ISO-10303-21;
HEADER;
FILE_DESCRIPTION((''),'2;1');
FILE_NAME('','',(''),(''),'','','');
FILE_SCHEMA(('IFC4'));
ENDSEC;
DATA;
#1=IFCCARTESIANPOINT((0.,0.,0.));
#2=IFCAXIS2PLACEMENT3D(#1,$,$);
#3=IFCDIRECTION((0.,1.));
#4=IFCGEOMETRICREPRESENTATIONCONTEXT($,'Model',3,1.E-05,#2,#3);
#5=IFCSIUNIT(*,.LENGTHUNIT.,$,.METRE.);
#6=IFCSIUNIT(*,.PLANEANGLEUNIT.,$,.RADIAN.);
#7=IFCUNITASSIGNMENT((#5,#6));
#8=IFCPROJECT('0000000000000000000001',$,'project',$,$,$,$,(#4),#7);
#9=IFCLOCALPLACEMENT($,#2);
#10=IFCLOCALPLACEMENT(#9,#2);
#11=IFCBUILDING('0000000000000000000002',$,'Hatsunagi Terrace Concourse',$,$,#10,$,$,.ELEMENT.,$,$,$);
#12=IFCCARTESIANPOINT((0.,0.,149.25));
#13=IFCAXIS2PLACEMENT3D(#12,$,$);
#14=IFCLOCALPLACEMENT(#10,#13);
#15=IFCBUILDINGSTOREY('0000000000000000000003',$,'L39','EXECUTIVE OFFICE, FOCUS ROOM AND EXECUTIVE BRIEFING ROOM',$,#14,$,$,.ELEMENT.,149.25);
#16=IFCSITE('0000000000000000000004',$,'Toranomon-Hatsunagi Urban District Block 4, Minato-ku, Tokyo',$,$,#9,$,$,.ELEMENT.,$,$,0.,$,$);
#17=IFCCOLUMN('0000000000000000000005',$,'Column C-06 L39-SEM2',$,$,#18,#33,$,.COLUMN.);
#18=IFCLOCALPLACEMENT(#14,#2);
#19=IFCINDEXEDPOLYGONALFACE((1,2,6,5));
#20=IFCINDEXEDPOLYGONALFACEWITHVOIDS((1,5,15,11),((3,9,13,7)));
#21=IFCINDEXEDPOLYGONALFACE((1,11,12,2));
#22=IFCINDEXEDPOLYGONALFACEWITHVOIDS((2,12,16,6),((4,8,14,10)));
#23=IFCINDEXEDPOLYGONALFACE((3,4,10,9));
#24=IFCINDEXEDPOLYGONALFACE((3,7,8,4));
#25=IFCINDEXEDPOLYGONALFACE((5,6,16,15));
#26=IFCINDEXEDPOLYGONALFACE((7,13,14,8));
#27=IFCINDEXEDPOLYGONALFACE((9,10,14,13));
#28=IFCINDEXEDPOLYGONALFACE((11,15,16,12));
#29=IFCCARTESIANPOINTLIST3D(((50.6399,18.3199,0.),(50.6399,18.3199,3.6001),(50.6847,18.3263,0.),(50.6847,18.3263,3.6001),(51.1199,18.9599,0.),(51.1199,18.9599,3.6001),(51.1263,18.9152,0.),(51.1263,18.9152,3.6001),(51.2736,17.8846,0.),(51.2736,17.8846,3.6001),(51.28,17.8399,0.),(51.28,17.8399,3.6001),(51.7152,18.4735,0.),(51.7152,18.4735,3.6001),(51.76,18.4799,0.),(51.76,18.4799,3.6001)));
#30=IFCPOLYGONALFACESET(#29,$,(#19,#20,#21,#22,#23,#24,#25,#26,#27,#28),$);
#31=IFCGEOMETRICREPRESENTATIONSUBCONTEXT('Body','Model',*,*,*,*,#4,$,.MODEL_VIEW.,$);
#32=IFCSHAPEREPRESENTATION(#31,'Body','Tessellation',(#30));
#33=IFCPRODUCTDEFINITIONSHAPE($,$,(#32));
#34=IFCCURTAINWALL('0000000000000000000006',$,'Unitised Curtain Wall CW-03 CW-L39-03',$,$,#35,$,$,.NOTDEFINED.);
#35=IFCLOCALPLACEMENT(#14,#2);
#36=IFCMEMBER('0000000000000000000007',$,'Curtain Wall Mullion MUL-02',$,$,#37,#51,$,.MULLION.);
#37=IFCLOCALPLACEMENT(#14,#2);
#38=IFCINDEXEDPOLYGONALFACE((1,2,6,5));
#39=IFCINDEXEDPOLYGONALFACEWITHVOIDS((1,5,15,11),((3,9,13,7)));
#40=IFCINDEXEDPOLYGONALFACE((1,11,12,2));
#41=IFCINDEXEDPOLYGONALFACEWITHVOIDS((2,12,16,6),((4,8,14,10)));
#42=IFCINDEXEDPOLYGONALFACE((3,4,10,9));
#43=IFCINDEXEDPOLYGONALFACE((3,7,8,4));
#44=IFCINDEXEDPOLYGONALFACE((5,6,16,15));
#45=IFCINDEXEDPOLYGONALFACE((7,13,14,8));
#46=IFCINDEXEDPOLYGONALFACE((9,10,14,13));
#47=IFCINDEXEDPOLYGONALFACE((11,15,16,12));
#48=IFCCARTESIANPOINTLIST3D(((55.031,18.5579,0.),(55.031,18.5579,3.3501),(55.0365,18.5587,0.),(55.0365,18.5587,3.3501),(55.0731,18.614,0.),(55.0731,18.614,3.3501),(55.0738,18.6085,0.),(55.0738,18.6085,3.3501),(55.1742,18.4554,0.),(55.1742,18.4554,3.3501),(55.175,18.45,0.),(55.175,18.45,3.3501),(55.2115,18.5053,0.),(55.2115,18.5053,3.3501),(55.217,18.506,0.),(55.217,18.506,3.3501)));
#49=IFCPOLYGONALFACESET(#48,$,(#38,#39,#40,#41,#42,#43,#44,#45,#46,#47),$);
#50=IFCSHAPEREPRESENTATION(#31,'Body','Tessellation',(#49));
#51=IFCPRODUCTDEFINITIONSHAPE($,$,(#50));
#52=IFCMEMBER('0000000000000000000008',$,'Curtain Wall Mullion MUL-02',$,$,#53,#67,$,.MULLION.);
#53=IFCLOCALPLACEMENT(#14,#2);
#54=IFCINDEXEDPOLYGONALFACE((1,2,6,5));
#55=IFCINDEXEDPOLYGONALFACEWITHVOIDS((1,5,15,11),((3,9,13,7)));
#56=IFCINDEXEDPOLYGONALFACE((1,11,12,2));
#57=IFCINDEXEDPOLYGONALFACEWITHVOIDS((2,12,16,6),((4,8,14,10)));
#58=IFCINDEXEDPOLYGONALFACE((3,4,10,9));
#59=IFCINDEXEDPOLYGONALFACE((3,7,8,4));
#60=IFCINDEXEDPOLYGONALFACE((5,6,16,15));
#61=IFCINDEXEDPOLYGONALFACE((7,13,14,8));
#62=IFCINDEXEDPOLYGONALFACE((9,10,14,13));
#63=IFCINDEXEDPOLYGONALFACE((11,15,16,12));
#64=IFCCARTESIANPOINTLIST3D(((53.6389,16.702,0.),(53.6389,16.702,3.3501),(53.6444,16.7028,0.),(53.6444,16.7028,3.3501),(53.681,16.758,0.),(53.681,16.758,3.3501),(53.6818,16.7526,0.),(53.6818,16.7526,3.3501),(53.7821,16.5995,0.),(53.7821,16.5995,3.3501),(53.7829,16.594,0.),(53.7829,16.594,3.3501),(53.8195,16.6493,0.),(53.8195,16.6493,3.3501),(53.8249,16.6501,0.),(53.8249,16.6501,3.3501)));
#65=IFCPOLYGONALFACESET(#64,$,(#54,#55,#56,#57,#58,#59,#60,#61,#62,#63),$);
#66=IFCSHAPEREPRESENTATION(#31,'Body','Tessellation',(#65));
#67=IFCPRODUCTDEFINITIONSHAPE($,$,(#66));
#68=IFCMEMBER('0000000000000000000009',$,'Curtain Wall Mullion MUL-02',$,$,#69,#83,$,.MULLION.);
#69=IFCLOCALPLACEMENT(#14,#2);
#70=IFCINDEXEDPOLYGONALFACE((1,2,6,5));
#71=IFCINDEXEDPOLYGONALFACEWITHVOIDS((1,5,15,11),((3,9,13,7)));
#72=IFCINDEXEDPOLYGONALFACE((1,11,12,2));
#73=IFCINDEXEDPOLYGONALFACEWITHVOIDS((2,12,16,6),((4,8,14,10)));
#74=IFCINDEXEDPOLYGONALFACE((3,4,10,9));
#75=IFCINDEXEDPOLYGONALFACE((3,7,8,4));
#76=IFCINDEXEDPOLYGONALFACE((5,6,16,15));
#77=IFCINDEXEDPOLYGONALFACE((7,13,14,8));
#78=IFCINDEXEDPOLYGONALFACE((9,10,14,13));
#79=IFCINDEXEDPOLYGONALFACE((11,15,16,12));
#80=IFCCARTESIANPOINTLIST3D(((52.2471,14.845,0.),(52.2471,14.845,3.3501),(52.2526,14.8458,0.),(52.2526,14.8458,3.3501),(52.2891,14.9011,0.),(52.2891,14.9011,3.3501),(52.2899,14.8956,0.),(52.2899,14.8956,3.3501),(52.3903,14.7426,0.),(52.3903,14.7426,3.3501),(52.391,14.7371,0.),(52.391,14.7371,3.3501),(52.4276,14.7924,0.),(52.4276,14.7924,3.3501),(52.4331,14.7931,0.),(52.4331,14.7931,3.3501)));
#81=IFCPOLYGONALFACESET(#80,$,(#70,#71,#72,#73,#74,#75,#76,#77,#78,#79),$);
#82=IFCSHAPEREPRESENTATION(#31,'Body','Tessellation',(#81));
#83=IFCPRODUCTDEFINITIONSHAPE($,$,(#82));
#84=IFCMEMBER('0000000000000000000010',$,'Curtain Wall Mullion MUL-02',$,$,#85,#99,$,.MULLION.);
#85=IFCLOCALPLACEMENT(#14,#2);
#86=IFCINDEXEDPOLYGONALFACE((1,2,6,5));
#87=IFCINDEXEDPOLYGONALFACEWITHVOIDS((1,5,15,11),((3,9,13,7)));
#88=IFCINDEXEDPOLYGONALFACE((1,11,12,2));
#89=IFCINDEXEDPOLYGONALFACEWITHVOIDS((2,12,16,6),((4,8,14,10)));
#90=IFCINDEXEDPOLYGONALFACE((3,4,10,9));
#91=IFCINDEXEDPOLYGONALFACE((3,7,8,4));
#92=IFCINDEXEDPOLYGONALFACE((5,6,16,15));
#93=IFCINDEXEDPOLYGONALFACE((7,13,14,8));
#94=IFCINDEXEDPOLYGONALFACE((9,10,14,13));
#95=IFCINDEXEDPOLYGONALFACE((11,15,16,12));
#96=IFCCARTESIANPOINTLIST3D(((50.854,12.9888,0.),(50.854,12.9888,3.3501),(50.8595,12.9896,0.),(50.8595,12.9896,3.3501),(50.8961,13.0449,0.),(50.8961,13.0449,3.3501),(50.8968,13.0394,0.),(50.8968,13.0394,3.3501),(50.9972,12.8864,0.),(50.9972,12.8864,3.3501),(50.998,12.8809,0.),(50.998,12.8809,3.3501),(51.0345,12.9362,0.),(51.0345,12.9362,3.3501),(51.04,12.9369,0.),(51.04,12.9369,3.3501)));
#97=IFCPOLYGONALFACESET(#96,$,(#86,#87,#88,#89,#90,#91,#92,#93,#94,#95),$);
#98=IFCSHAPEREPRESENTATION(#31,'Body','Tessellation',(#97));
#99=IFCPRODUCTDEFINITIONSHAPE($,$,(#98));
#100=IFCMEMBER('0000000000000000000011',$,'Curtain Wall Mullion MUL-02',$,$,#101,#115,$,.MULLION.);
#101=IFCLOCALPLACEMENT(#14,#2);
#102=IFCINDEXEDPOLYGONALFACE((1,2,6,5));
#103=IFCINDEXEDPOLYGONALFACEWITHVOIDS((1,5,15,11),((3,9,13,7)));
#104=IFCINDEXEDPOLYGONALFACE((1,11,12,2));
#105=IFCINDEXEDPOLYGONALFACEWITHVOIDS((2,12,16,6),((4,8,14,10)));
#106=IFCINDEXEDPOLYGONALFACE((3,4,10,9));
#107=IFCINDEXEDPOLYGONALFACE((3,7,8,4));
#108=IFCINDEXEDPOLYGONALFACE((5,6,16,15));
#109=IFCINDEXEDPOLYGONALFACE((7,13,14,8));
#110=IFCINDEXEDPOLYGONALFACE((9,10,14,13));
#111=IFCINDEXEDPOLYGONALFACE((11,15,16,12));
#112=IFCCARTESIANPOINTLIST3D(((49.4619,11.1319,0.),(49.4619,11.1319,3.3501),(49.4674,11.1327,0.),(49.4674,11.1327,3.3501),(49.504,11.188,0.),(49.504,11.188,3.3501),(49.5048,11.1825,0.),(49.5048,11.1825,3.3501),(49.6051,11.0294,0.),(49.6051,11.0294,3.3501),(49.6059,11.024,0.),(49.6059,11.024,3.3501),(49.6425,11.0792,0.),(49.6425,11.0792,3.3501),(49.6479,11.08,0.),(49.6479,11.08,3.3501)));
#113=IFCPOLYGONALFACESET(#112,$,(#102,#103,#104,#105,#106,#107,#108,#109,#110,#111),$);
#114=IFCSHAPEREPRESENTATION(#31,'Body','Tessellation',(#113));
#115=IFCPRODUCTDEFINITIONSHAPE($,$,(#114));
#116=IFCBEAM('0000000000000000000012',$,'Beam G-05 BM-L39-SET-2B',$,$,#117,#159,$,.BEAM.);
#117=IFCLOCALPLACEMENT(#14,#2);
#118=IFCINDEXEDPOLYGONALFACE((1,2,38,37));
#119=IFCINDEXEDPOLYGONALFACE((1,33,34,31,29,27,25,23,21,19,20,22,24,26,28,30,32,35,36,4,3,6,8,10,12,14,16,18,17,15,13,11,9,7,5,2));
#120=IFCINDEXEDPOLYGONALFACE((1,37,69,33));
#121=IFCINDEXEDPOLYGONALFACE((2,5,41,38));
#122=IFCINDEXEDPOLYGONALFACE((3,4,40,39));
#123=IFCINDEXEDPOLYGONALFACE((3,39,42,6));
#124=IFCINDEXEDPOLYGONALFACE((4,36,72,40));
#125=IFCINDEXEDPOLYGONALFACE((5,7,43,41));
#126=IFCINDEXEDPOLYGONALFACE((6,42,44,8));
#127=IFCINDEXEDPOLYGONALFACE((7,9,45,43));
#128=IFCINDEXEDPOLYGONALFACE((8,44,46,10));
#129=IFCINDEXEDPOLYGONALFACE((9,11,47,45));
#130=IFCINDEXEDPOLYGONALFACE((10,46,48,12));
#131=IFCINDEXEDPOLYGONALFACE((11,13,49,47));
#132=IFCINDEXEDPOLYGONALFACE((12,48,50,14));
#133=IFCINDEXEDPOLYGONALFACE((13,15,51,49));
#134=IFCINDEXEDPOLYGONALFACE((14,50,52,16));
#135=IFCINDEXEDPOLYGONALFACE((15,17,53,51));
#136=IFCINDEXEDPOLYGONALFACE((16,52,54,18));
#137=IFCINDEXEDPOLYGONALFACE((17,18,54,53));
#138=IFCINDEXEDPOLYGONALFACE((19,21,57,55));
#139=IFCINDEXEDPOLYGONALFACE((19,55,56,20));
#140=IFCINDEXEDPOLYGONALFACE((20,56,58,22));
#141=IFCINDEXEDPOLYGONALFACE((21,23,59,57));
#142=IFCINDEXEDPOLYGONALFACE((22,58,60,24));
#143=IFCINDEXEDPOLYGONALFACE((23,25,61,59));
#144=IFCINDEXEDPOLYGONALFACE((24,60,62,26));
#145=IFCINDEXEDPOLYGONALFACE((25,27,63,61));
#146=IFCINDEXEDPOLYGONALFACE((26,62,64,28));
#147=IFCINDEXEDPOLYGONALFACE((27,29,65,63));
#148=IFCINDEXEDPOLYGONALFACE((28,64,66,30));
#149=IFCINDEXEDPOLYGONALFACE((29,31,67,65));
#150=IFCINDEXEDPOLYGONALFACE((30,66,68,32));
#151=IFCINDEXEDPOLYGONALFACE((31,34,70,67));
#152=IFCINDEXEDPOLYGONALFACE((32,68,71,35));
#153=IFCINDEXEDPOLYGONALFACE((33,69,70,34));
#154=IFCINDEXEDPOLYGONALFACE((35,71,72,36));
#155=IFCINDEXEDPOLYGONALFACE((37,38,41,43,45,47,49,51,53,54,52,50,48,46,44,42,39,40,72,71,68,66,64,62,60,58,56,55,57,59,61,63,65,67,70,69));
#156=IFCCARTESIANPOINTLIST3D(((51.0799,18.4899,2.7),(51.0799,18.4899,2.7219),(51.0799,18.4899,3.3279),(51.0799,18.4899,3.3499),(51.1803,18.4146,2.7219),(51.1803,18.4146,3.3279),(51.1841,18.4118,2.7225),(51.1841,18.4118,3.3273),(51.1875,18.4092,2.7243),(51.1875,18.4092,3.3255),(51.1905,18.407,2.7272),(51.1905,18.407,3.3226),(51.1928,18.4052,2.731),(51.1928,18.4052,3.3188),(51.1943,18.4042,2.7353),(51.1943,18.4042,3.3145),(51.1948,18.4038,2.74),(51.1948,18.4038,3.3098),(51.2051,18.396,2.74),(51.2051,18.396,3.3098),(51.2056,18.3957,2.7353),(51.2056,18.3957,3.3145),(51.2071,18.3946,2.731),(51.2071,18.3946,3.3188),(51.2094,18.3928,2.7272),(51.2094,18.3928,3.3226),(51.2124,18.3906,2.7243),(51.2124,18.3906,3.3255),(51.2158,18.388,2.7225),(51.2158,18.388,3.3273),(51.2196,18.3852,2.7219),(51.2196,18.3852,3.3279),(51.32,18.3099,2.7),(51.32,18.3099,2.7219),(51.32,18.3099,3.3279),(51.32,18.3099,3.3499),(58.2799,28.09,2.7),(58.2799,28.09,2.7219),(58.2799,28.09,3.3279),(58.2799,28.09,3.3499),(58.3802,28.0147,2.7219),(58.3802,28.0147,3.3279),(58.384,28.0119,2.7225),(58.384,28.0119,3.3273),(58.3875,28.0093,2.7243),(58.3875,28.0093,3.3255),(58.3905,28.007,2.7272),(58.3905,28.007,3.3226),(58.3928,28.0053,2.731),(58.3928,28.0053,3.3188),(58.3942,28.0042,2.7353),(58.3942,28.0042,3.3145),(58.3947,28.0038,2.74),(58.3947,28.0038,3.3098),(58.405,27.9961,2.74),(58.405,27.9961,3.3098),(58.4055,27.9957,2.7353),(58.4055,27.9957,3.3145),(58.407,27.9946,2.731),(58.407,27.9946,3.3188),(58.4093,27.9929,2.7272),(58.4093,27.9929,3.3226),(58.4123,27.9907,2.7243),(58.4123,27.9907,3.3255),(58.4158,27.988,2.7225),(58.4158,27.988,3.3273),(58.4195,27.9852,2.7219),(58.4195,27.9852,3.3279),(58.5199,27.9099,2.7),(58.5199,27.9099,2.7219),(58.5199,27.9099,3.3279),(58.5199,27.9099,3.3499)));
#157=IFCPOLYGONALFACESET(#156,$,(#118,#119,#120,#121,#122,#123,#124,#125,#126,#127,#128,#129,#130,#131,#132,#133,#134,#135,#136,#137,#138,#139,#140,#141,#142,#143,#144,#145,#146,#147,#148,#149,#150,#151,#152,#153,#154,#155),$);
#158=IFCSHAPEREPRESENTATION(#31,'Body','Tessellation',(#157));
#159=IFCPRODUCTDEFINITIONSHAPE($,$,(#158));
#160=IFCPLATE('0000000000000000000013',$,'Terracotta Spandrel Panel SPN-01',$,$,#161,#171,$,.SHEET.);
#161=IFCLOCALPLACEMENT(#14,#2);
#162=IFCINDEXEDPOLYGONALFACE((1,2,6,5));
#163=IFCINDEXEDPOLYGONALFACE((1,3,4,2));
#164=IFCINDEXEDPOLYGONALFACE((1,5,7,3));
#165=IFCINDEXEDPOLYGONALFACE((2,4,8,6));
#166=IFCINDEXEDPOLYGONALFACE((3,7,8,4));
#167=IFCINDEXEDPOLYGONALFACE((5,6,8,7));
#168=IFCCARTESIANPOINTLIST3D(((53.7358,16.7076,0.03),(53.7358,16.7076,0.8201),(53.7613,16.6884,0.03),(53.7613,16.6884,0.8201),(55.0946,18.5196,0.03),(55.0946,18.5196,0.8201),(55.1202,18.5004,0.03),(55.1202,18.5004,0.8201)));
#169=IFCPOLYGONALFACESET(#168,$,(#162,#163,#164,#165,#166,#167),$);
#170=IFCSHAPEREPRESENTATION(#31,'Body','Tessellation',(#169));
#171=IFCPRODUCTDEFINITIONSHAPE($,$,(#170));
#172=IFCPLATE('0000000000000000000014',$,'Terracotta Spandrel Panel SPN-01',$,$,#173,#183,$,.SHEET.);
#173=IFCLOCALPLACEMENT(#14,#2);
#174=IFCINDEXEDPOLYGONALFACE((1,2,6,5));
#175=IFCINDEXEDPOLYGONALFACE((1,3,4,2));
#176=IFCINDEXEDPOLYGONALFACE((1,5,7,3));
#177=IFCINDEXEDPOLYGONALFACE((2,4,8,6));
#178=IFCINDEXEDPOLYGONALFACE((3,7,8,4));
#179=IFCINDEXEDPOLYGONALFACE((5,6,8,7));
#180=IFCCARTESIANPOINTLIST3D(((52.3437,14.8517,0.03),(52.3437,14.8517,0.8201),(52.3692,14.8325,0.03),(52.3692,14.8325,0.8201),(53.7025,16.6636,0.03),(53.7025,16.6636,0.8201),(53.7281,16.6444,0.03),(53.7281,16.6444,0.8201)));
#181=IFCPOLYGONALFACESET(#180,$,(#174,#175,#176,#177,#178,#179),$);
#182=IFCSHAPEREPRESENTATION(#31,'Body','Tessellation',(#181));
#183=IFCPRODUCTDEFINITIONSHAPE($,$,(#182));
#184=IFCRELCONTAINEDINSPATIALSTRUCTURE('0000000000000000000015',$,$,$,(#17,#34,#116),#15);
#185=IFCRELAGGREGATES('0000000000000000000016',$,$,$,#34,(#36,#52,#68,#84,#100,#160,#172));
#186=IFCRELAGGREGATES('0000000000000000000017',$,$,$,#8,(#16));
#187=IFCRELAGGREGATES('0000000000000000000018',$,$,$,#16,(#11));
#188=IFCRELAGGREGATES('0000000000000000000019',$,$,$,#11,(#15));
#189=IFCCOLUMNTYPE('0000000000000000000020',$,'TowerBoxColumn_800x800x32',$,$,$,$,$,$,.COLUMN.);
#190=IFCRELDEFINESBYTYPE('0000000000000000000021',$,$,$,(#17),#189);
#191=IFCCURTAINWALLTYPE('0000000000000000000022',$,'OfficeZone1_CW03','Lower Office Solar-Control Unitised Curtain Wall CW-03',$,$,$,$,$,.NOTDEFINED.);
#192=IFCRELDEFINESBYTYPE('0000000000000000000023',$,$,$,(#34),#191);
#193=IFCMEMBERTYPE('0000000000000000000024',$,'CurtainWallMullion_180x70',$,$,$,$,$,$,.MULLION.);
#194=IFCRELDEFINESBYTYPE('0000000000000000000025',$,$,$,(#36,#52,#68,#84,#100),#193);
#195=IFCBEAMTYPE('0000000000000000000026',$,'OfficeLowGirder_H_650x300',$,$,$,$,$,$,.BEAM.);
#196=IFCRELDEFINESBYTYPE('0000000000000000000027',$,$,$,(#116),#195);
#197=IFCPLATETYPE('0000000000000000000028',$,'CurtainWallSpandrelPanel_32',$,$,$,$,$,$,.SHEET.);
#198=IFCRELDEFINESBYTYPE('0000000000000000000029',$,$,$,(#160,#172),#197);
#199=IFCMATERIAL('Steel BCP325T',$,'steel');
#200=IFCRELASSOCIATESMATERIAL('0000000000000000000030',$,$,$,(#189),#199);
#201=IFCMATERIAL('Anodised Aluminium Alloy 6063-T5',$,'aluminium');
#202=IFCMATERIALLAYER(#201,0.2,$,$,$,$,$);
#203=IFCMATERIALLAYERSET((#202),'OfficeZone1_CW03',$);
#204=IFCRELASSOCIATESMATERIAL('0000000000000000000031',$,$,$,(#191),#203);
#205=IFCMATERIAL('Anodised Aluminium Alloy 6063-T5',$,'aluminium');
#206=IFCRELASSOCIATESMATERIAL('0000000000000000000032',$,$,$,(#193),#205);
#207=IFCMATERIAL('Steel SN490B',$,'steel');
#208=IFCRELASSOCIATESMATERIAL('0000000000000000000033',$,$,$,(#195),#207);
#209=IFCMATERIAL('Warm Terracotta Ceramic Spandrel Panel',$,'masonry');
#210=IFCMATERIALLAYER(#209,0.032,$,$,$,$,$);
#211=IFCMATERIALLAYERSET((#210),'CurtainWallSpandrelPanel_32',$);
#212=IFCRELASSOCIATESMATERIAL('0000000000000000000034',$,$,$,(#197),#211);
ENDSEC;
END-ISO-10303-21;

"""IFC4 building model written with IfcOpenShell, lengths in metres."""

from ifc_helpers import new_model, si_unit, direction, frame, origin, origin_2d, place, context, subcontext, project, spatial, rectangle, hollow_rectangle, i_section, extrude, material, layer, layer_set, material_profile, profile_set, type_object, element, aggregate, save


model = new_model("IFC4")

# Units and contexts
model_context = context("Model", 3, precision=1e-05, world=origin(), true_north=direction((0.0, 1.0)))
body_context = subcontext(model_context, "Body", "Model", "MODEL_VIEW")
ifc_project = project(units=[si_unit("LENGTHUNIT", "METRE"), si_unit("PLANEANGLEUNIT", "RADIAN")], contexts=[model_context])

# Site, building, storey
site_placement = place(None, origin())
site = spatial("IfcSite", under=ifc_project, at=site_placement, Name="Toranomon-Hatsunagi Urban District Block 4, Minato-ku, Tokyo", CompositionType="ELEMENT", RefElevation=0.0)
building_placement = place(site_placement, origin())
building = spatial("IfcBuilding", under=site, at=building_placement, Name="Hatsunagi Terrace Concourse", CompositionType="ELEMENT")
storey_placement = place(building_placement, frame((0.0, 0.0, 149.25)))
storey = spatial("IfcBuildingStorey", under=building, at=storey_placement, Name="L39", Description="EXECUTIVE OFFICE, FOCUS ROOM AND EXECUTIVE BRIEFING ROOM", CompositionType="ELEMENT", Elevation=149.25)

# Column
ifc_material_1 = material(Name="Steel BCP325T", Category="steel")
ifc_material_profile_1 = material_profile(ifc_material_1, hollow_rectangle(XDim=0.8, YDim=0.8, WallThickness=0.032, at=origin_2d()), Name="BCP-800x800x32")
ifc_profile_set_1 = profile_set([ifc_material_profile_1], Name="Steel BCP325T")
column_type = type_object("IfcColumnType", Name="TowerBoxColumn_800x800x32", PredefinedType="COLUMN", material=ifc_profile_set_1)
column_placement = place(storey_placement, frame((51.2, 18.3999, 0.0), z_axis=(0.0, 0.0, 1.0), x_axis=(0.8, -0.6, 0.0)))
element("IfcColumn", 1, at=column_placement, inside=storey, type_object=column_type, Name="Column C-06 L39-SEM2", PredefinedType="COLUMN", context=body_context, shape_type="SweptSolid", body=[
    extrude(hollow_rectangle(XDim=0.8, YDim=0.8, WallThickness=0.032, at=origin_2d()), origin(), (0.0, 0.0, 1.0), 3.6001),
])

# Curtain wall, members
ifc_material_2 = material(Name="Anodised Aluminium Alloy 6063-T5", Category="aluminium")
ifc_layer_1 = layer(ifc_material_2, 0.2)
ifc_layer_set_1 = layer_set([ifc_layer_1], Name="OfficeZone1_CW03")
curtain_wall_type = type_object("IfcCurtainWallType", Name="OfficeZone1_CW03", Description="Lower Office Solar-Control Unitised Curtain Wall CW-03", PredefinedType="NOTDEFINED", material=ifc_layer_set_1)
curtain_wall_placement = place(storey_placement, origin())
curtain_wall = element("IfcCurtainWall", 2, at=curtain_wall_placement, inside=storey, type_object=curtain_wall_type, Name="Unitised Curtain Wall CW-03 CW-L39-03", PredefinedType="NOTDEFINED")
ifc_material_3 = material(Name="Anodised Aluminium Alloy 6063-T5", Category="aluminium")
ifc_material_profile_2 = material_profile(ifc_material_3, hollow_rectangle(XDim=0.0701, YDim=0.1799, WallThickness=0.0039, at=origin_2d()), Name="ALU-MUL-180x70x4")
ifc_profile_set_2 = profile_set([ifc_material_profile_2], Name="Anodised Aluminium Alloy 6063-T5")
member_type = type_object("IfcMemberType", Name="CurtainWallMullion_180x70", PredefinedType="MULLION", material=ifc_profile_set_2)
member_1_placement = place(storey_placement, frame((55.124, 18.532, 0.0), z_axis=(0.0, 0.0, 1.0), x_axis=(-0.599969, -0.800023, 0.0)))
member_1 = element("IfcMember", 3, at=member_1_placement, type_object=member_type, Name="Curtain Wall Mullion MUL-02", PredefinedType="MULLION", context=body_context, shape_type="SweptSolid", body=[
    extrude(hollow_rectangle(XDim=0.0701, YDim=0.1799, WallThickness=0.0039, at=origin_2d()), origin(), (0.0, 0.0, 1.0), 3.3501),
])
member_2_placement = place(storey_placement, frame((53.7319, 16.676, 0.0), z_axis=(0.0, 0.0, 1.0), x_axis=(-0.599969, -0.800023, 0.0)))
member_2 = element("IfcMember", 4, at=member_2_placement, type_object=member_type, Name="Curtain Wall Mullion MUL-02", PredefinedType="MULLION", context=body_context, shape_type="SweptSolid", body=[
    extrude(hollow_rectangle(XDim=0.0701, YDim=0.1799, WallThickness=0.0039, at=origin_2d()), origin(), (0.0, 0.0, 1.0), 3.3501),
])
member_3_placement = place(storey_placement, frame((52.3401, 14.8191, 0.0), z_axis=(0.0, 0.0, 1.0), x_axis=(-0.599969, -0.800023, 0.0)))
member_3 = element("IfcMember", 5, at=member_3_placement, type_object=member_type, Name="Curtain Wall Mullion MUL-02", PredefinedType="MULLION", context=body_context, shape_type="SweptSolid", body=[
    extrude(hollow_rectangle(XDim=0.0701, YDim=0.1799, WallThickness=0.0039, at=origin_2d()), origin(), (0.0, 0.0, 1.0), 3.3501),
])
member_4_placement = place(storey_placement, frame((50.947, 12.9629, 0.0), z_axis=(0.0, 0.0, 1.0), x_axis=(-0.599969, -0.800023, 0.0)))
member_4 = element("IfcMember", 6, at=member_4_placement, type_object=member_type, Name="Curtain Wall Mullion MUL-02", PredefinedType="MULLION", context=body_context, shape_type="SweptSolid", body=[
    extrude(hollow_rectangle(XDim=0.0701, YDim=0.1799, WallThickness=0.0039, at=origin_2d()), origin(), (0.0, 0.0, 1.0), 3.3501),
])
member_5_placement = place(storey_placement, frame((49.5549, 11.106, 0.0), z_axis=(0.0, 0.0, 1.0), x_axis=(-0.599969, -0.800023, 0.0)))
member_5 = element("IfcMember", 7, at=member_5_placement, type_object=member_type, Name="Curtain Wall Mullion MUL-02", PredefinedType="MULLION", context=body_context, shape_type="SweptSolid", body=[
    extrude(hollow_rectangle(XDim=0.0701, YDim=0.1799, WallThickness=0.0039, at=origin_2d()), origin(), (0.0, 0.0, 1.0), 3.3501),
])

# Beam
ifc_material_4 = material(Name="Steel SN490B", Category="steel")
ifc_material_profile_3 = material_profile(ifc_material_4, i_section(OverallWidth=0.3, OverallDepth=0.6499, WebThickness=0.0129, FlangeThickness=0.022, FilletRadius=0.0181, at=origin_2d()), Name="H-650x300x13x22")
ifc_profile_set_3 = profile_set([ifc_material_profile_3], Name="Steel SN490B")
beam_type = type_object("IfcBeamType", Name="OfficeLowGirder_H_650x300", PredefinedType="BEAM", material=ifc_profile_set_3)
beam_placement = place(storey_placement, frame((51.2, 18.3999, 3.0249), z_axis=(0.599993, 0.800005, 0.0), x_axis=(-0.800005, 0.599993, 0.0)))
element("IfcBeam", 8, at=beam_placement, inside=storey, type_object=beam_type, Name="Beam G-05 BM-L39-SET-2B", PredefinedType="BEAM", context=body_context, shape_type="SweptSolid", body=[
    extrude(i_section(OverallWidth=0.3, OverallDepth=0.6499, WebThickness=0.0129, FlangeThickness=0.022, FilletRadius=0.0181, at=origin_2d()), origin(), (0.0, 0.0, 1.0), 12.0),
])

# Plates
ifc_material_5 = material(Name="Warm Terracotta Ceramic Spandrel Panel", Category="masonry")
ifc_layer_2 = layer(ifc_material_5, 0.032)
ifc_layer_set_2 = layer_set([ifc_layer_2], Name="CurtainWallSpandrelPanel_32")
plate_type_1 = type_object("IfcPlateType", Name="CurtainWallSpandrelPanel_32", PredefinedType="SHEET", material=ifc_layer_set_2)
plate_1_placement = place(storey_placement, frame((54.428, 17.604, 0.03), z_axis=(0.0, 0.0, 1.0), x_axis=(-0.599969, -0.800023, 0.0)))
plate_1 = element("IfcPlate", 9, at=plate_1_placement, type_object=plate_type_1, Name="Terracotta Spandrel Panel SPN-01", PredefinedType="SHEET", context=body_context, shape_type="SweptSolid", body=[
    extrude(rectangle(XDim=2.2649, YDim=0.032, at=origin_2d()), origin(), (0.0, 0.0, 1.0), 0.79),
])
plate_2_placement = place(storey_placement, frame((53.0359, 15.748, 0.03), z_axis=(0.0, 0.0, 1.0), x_axis=(-0.599969, -0.800023, 0.0)))
plate_2 = element("IfcPlate", 10, at=plate_2_placement, type_object=plate_type_1, Name="Terracotta Spandrel Panel SPN-01", PredefinedType="SHEET", context=body_context, shape_type="SweptSolid", body=[
    extrude(rectangle(XDim=2.2649, YDim=0.032, at=origin_2d()), origin(), (0.0, 0.0, 1.0), 0.79),
])
aggregate(curtain_wall, [member_1, member_2, member_3, member_4, member_5, plate_1, plate_2])

save(model, "model.ifc")
